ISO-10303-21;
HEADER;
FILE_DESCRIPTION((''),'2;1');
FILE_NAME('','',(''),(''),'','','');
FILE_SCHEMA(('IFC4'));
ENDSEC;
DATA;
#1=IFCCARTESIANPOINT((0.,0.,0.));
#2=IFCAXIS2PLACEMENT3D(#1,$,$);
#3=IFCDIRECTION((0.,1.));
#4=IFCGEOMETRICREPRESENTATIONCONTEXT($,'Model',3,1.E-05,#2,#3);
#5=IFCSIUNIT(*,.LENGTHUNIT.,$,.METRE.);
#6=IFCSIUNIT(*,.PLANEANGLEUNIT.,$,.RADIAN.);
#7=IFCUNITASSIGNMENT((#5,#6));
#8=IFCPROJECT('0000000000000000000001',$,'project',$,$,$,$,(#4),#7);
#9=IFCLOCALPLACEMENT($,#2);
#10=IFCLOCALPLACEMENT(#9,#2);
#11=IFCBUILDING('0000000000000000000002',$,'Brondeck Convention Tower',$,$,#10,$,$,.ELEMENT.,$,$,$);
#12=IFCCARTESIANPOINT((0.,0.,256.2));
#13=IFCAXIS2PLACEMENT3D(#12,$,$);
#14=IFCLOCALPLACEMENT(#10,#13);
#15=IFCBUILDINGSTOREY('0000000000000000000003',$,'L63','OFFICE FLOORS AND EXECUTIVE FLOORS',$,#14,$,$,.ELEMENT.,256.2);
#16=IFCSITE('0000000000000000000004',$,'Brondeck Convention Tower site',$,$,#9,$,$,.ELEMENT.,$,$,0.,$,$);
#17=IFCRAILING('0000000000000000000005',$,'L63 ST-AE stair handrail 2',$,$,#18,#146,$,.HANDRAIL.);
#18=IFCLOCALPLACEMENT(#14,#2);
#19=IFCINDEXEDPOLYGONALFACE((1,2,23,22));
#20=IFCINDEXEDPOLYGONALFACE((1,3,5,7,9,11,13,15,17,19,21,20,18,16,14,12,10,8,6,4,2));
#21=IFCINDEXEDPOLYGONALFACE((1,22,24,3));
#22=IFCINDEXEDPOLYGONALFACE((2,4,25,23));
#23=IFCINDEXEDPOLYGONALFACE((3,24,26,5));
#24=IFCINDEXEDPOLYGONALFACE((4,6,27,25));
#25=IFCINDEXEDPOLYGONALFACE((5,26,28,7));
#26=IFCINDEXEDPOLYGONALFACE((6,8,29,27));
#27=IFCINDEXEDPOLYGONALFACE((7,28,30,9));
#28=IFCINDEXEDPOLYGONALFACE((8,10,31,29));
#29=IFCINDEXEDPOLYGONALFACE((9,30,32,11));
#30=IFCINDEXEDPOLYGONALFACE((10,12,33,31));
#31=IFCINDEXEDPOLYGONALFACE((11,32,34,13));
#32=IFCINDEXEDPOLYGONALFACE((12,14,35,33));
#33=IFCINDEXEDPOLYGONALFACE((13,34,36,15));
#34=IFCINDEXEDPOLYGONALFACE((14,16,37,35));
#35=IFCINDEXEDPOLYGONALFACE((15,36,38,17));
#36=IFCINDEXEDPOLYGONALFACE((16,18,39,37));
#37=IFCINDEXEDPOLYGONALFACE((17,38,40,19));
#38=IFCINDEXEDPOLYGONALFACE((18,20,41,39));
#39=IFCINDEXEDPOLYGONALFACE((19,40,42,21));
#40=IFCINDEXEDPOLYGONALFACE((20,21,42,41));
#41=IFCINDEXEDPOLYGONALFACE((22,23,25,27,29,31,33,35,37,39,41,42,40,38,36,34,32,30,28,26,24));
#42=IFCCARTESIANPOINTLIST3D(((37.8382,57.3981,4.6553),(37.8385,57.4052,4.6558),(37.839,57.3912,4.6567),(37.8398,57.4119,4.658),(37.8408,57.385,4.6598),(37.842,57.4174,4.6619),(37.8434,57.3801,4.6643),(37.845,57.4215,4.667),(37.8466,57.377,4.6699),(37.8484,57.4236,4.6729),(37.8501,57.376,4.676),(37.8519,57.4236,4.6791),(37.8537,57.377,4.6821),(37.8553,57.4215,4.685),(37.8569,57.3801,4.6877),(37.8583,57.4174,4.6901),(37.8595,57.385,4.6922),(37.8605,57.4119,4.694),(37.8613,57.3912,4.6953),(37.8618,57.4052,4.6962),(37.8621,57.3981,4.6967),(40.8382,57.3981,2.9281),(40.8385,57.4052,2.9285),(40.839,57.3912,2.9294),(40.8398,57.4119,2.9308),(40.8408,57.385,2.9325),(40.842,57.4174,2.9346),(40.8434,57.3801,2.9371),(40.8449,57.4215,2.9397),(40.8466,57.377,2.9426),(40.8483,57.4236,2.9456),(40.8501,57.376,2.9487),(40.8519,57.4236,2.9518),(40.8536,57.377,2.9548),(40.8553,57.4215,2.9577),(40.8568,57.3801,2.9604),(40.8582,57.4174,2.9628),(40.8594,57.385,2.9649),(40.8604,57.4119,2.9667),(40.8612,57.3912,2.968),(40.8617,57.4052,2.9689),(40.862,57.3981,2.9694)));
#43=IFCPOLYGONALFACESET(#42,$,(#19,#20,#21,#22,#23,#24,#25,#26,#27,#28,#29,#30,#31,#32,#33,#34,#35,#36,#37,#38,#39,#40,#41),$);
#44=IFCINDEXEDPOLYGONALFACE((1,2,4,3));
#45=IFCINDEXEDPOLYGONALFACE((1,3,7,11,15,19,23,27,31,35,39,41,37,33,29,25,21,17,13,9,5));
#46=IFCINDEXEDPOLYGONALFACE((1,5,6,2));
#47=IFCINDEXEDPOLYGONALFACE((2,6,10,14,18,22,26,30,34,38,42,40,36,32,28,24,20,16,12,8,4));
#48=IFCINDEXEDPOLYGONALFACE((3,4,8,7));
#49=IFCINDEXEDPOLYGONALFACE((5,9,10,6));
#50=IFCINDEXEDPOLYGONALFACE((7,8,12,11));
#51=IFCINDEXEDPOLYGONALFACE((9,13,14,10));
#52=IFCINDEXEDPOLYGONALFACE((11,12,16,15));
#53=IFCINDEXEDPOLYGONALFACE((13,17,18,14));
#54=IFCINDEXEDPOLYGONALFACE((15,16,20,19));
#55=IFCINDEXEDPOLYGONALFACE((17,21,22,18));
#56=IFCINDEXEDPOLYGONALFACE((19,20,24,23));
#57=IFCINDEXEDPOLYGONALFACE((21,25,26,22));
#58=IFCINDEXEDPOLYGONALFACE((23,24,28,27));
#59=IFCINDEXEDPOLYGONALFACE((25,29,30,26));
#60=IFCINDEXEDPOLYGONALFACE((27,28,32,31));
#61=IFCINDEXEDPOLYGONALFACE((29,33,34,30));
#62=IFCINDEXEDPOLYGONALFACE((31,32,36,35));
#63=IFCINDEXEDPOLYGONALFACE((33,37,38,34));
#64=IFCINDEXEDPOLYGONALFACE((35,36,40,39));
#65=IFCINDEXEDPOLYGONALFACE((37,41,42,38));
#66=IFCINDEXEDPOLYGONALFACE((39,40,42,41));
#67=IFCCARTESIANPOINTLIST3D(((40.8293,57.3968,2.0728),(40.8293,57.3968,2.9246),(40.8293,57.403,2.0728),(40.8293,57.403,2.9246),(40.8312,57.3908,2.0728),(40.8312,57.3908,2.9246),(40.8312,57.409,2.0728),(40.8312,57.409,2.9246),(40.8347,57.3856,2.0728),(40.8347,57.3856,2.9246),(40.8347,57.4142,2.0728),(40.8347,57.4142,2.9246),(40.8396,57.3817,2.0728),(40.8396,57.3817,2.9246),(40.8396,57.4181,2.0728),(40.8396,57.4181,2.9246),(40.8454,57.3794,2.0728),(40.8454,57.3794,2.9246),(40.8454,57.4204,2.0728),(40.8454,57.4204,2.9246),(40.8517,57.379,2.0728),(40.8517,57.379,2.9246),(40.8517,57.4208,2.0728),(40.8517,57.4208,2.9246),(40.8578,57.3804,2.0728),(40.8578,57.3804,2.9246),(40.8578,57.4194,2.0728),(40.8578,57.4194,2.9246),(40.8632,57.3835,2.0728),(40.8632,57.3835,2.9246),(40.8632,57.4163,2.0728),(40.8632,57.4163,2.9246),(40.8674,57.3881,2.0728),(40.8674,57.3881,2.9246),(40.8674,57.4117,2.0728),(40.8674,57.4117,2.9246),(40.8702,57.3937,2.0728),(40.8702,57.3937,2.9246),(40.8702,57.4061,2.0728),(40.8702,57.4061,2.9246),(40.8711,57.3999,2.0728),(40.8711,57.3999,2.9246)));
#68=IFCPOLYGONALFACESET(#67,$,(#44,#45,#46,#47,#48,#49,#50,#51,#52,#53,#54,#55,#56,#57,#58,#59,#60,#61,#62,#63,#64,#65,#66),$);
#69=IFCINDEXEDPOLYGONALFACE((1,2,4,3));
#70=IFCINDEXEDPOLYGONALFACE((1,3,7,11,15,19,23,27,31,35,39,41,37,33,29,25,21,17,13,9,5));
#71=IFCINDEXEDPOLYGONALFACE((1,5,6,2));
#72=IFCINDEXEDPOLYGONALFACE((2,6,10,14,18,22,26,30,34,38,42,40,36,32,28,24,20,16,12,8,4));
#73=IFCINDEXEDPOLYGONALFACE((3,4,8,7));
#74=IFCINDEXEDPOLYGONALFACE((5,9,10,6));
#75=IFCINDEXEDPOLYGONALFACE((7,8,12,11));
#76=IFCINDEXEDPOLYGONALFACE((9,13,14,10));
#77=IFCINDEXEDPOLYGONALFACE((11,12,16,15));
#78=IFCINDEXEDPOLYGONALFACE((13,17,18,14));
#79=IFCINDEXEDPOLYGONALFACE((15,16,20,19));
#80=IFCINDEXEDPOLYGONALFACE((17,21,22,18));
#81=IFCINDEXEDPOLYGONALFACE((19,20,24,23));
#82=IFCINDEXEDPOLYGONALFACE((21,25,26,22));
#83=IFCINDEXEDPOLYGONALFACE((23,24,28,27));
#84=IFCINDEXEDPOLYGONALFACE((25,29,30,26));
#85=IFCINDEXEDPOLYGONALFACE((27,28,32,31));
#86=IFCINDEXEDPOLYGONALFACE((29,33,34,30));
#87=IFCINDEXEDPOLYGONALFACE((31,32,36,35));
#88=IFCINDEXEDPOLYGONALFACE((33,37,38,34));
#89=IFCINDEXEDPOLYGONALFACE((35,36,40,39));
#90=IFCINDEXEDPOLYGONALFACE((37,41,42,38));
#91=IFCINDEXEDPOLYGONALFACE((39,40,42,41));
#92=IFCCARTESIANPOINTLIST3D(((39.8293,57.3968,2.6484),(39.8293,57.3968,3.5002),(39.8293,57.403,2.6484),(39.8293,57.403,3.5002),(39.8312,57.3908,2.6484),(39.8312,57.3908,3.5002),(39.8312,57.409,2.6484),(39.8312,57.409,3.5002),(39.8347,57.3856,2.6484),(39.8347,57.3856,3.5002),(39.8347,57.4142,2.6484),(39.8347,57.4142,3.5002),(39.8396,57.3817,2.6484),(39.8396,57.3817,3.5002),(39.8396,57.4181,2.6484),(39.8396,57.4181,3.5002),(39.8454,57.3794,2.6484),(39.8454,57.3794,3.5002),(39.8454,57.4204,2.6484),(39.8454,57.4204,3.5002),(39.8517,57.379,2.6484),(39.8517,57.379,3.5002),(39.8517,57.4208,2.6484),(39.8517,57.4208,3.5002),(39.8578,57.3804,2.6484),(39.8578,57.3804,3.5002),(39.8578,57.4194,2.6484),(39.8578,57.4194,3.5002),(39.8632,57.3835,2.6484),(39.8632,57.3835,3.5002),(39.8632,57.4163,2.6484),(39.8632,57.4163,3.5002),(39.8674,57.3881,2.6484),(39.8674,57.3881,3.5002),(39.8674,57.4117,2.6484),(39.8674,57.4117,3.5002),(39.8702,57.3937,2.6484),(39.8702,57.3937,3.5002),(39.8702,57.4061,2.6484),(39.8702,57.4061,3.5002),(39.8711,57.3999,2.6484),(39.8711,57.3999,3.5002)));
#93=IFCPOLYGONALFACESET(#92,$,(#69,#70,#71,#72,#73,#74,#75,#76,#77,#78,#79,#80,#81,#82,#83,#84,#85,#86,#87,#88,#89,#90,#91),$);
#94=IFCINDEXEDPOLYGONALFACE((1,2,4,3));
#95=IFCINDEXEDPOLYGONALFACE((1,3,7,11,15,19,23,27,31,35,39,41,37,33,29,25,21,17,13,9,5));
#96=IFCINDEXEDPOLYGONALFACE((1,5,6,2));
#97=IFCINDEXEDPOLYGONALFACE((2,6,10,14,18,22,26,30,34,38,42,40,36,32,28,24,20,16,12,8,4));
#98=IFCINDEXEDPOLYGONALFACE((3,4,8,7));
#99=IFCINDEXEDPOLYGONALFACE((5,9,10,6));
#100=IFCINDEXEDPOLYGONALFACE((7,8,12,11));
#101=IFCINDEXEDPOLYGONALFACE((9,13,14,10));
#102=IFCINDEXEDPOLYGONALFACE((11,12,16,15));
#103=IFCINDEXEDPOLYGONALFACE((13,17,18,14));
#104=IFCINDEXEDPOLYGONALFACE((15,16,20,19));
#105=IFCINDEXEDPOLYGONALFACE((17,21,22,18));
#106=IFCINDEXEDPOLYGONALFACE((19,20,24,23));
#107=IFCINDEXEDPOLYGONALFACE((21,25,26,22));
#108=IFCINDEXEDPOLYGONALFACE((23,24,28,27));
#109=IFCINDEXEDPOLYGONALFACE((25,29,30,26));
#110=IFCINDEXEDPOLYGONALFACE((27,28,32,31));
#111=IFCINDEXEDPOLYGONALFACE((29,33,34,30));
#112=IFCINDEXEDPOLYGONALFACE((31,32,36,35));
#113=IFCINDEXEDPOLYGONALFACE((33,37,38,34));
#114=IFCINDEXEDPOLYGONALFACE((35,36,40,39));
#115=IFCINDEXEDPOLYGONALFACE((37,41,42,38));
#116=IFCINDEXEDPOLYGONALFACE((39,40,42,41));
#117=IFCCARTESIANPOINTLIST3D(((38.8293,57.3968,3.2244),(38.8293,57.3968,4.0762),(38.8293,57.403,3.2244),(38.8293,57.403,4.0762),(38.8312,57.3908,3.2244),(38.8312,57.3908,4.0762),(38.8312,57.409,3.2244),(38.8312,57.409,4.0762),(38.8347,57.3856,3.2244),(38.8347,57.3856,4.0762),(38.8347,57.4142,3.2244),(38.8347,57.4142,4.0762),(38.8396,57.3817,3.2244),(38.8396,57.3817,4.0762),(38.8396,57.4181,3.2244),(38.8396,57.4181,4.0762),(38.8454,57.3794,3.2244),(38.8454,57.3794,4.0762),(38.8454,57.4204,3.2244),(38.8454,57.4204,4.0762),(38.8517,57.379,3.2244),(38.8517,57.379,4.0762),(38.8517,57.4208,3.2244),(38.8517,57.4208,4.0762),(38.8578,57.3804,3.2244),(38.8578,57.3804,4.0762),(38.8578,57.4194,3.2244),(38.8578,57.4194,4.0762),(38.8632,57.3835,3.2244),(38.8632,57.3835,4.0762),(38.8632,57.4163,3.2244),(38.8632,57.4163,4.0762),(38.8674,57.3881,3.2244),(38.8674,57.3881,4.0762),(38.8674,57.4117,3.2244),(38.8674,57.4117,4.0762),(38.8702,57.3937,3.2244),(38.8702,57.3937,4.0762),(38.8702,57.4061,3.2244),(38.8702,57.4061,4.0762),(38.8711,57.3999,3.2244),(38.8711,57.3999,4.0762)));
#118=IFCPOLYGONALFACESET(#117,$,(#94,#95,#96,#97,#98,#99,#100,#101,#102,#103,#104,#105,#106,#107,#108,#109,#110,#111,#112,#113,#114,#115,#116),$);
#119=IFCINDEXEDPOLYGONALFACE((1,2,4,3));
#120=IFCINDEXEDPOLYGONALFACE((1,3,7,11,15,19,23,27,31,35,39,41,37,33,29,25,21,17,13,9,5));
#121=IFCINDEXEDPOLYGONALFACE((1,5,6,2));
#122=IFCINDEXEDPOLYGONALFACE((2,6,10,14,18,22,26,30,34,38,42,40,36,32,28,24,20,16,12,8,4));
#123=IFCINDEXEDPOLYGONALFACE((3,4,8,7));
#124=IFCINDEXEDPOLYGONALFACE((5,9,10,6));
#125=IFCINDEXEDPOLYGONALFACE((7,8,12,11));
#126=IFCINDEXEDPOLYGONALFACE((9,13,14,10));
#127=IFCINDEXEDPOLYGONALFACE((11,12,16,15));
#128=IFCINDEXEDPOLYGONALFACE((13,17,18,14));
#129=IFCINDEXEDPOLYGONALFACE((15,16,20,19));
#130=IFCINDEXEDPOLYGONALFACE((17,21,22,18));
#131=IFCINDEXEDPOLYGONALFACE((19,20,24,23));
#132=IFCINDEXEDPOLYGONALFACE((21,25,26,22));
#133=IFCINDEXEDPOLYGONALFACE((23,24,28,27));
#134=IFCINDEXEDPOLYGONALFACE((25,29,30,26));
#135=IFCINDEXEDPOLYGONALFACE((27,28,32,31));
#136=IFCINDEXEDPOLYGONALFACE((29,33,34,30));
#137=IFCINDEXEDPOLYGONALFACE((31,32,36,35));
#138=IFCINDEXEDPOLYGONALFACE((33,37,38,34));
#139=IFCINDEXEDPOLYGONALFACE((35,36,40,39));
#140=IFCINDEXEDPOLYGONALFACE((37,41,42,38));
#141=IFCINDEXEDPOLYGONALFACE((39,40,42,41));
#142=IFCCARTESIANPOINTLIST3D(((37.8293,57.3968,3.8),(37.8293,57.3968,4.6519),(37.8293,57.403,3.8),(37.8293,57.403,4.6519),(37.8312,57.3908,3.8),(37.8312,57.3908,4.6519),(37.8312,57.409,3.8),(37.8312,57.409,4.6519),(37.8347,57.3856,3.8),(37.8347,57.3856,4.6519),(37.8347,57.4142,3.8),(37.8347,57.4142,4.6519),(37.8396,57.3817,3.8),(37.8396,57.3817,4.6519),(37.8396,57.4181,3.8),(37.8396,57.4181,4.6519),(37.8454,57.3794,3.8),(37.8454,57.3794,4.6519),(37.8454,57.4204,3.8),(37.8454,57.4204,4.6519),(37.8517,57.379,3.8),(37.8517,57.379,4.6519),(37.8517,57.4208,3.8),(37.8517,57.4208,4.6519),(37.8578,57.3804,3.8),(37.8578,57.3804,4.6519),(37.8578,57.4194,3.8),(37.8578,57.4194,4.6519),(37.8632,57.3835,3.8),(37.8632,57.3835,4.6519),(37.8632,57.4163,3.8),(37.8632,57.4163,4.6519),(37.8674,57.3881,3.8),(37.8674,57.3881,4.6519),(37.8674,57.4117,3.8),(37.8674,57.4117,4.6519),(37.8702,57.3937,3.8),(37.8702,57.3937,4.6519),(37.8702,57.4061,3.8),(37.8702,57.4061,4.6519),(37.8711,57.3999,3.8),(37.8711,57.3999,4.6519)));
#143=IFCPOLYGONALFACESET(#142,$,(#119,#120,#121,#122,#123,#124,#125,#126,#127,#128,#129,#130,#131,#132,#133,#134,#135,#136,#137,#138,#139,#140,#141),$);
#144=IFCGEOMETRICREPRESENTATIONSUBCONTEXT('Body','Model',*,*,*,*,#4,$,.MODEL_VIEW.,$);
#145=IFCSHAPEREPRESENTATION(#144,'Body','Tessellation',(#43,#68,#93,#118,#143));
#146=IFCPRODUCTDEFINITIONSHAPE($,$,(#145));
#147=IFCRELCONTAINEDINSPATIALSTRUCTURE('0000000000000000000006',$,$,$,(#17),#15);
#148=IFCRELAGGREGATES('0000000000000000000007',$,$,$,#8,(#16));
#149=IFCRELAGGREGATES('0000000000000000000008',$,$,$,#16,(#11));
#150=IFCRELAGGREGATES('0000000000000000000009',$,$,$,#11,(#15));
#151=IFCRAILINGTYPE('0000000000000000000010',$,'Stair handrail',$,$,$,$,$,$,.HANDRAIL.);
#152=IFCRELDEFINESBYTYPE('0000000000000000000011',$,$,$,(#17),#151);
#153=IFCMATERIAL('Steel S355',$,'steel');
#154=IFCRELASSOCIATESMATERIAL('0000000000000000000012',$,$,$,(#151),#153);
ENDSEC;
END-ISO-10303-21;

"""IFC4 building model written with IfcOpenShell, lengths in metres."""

from ifc_helpers import new_model, si_unit, direction, frame, origin, origin_2d, place, context, subcontext, project, spatial, circle, extrude, material, type_object, element, save


model = new_model("IFC4")

# Units and contexts
model_context = context("Model", 3, precision=1e-05, world=origin(), true_north=direction((0.0, 1.0)))
body_context = subcontext(model_context, "Body", "Model", "MODEL_VIEW")
ifc_project = project(units=[si_unit("LENGTHUNIT", "METRE"), si_unit("PLANEANGLEUNIT", "RADIAN")], contexts=[model_context])

# Site, building, storey
site_placement = place(None, origin())
site = spatial("IfcSite", under=ifc_project, at=site_placement, Name="Brondeck Convention Tower site", CompositionType="ELEMENT", RefElevation=0.0)
building_placement = place(site_placement, origin())
building = spatial("IfcBuilding", under=site, at=building_placement, Name="Brondeck Convention Tower", CompositionType="ELEMENT")
storey_placement = place(building_placement, frame((0.0, 0.0, 256.2)))
storey = spatial("IfcBuildingStorey", under=building, at=storey_placement, Name="L63", Description="OFFICE FLOORS AND EXECUTIVE FLOORS", CompositionType="ELEMENT", Elevation=256.2)

# Shared definitions
ifc_material_1 = material(Name="Steel S355", Category="steel")

# Railing
railing_type_1 = type_object("IfcRailingType", Name="Stair handrail", PredefinedType="HANDRAIL", material=ifc_material_1)
railing_1_placement = place(storey_placement, frame((40.8501, 57.3999, 2.0728)))
element("IfcRailing", 1, at=railing_1_placement, inside=storey, type_object=railing_type_1, Name="L63 ST-AE stair handrail 2", PredefinedType="HANDRAIL", context=body_context, shape_type="SweptSolid", body=[
    extrude(circle(Radius=0.0239, at=origin_2d()), frame((0.0, 0.0, 0.876), z_axis=(-0.86662, 0.0, 0.498969), x_axis=(0.0, -1.0, 0.0)), (0.0, 0.0, 1.0), 3.4617),
    extrude(circle(Radius=0.021, at=origin_2d()), origin(), (0.0, 0.0, 1.0), 0.8518),
    extrude(circle(Radius=0.021, at=origin_2d()), frame((-1.0, 0.0, 0.5757)), (0.0, 0.0, 1.0), 0.8518),
    extrude(circle(Radius=0.021, at=origin_2d()), frame((-2.0, 0.0, 1.1516)), (0.0, 0.0, 1.0), 0.8518),
    extrude(circle(Radius=0.021, at=origin_2d()), frame((-3.0, 0.0, 1.7273)), (0.0, 0.0, 1.0), 0.8518),
])

save(model, "model.ifc")
